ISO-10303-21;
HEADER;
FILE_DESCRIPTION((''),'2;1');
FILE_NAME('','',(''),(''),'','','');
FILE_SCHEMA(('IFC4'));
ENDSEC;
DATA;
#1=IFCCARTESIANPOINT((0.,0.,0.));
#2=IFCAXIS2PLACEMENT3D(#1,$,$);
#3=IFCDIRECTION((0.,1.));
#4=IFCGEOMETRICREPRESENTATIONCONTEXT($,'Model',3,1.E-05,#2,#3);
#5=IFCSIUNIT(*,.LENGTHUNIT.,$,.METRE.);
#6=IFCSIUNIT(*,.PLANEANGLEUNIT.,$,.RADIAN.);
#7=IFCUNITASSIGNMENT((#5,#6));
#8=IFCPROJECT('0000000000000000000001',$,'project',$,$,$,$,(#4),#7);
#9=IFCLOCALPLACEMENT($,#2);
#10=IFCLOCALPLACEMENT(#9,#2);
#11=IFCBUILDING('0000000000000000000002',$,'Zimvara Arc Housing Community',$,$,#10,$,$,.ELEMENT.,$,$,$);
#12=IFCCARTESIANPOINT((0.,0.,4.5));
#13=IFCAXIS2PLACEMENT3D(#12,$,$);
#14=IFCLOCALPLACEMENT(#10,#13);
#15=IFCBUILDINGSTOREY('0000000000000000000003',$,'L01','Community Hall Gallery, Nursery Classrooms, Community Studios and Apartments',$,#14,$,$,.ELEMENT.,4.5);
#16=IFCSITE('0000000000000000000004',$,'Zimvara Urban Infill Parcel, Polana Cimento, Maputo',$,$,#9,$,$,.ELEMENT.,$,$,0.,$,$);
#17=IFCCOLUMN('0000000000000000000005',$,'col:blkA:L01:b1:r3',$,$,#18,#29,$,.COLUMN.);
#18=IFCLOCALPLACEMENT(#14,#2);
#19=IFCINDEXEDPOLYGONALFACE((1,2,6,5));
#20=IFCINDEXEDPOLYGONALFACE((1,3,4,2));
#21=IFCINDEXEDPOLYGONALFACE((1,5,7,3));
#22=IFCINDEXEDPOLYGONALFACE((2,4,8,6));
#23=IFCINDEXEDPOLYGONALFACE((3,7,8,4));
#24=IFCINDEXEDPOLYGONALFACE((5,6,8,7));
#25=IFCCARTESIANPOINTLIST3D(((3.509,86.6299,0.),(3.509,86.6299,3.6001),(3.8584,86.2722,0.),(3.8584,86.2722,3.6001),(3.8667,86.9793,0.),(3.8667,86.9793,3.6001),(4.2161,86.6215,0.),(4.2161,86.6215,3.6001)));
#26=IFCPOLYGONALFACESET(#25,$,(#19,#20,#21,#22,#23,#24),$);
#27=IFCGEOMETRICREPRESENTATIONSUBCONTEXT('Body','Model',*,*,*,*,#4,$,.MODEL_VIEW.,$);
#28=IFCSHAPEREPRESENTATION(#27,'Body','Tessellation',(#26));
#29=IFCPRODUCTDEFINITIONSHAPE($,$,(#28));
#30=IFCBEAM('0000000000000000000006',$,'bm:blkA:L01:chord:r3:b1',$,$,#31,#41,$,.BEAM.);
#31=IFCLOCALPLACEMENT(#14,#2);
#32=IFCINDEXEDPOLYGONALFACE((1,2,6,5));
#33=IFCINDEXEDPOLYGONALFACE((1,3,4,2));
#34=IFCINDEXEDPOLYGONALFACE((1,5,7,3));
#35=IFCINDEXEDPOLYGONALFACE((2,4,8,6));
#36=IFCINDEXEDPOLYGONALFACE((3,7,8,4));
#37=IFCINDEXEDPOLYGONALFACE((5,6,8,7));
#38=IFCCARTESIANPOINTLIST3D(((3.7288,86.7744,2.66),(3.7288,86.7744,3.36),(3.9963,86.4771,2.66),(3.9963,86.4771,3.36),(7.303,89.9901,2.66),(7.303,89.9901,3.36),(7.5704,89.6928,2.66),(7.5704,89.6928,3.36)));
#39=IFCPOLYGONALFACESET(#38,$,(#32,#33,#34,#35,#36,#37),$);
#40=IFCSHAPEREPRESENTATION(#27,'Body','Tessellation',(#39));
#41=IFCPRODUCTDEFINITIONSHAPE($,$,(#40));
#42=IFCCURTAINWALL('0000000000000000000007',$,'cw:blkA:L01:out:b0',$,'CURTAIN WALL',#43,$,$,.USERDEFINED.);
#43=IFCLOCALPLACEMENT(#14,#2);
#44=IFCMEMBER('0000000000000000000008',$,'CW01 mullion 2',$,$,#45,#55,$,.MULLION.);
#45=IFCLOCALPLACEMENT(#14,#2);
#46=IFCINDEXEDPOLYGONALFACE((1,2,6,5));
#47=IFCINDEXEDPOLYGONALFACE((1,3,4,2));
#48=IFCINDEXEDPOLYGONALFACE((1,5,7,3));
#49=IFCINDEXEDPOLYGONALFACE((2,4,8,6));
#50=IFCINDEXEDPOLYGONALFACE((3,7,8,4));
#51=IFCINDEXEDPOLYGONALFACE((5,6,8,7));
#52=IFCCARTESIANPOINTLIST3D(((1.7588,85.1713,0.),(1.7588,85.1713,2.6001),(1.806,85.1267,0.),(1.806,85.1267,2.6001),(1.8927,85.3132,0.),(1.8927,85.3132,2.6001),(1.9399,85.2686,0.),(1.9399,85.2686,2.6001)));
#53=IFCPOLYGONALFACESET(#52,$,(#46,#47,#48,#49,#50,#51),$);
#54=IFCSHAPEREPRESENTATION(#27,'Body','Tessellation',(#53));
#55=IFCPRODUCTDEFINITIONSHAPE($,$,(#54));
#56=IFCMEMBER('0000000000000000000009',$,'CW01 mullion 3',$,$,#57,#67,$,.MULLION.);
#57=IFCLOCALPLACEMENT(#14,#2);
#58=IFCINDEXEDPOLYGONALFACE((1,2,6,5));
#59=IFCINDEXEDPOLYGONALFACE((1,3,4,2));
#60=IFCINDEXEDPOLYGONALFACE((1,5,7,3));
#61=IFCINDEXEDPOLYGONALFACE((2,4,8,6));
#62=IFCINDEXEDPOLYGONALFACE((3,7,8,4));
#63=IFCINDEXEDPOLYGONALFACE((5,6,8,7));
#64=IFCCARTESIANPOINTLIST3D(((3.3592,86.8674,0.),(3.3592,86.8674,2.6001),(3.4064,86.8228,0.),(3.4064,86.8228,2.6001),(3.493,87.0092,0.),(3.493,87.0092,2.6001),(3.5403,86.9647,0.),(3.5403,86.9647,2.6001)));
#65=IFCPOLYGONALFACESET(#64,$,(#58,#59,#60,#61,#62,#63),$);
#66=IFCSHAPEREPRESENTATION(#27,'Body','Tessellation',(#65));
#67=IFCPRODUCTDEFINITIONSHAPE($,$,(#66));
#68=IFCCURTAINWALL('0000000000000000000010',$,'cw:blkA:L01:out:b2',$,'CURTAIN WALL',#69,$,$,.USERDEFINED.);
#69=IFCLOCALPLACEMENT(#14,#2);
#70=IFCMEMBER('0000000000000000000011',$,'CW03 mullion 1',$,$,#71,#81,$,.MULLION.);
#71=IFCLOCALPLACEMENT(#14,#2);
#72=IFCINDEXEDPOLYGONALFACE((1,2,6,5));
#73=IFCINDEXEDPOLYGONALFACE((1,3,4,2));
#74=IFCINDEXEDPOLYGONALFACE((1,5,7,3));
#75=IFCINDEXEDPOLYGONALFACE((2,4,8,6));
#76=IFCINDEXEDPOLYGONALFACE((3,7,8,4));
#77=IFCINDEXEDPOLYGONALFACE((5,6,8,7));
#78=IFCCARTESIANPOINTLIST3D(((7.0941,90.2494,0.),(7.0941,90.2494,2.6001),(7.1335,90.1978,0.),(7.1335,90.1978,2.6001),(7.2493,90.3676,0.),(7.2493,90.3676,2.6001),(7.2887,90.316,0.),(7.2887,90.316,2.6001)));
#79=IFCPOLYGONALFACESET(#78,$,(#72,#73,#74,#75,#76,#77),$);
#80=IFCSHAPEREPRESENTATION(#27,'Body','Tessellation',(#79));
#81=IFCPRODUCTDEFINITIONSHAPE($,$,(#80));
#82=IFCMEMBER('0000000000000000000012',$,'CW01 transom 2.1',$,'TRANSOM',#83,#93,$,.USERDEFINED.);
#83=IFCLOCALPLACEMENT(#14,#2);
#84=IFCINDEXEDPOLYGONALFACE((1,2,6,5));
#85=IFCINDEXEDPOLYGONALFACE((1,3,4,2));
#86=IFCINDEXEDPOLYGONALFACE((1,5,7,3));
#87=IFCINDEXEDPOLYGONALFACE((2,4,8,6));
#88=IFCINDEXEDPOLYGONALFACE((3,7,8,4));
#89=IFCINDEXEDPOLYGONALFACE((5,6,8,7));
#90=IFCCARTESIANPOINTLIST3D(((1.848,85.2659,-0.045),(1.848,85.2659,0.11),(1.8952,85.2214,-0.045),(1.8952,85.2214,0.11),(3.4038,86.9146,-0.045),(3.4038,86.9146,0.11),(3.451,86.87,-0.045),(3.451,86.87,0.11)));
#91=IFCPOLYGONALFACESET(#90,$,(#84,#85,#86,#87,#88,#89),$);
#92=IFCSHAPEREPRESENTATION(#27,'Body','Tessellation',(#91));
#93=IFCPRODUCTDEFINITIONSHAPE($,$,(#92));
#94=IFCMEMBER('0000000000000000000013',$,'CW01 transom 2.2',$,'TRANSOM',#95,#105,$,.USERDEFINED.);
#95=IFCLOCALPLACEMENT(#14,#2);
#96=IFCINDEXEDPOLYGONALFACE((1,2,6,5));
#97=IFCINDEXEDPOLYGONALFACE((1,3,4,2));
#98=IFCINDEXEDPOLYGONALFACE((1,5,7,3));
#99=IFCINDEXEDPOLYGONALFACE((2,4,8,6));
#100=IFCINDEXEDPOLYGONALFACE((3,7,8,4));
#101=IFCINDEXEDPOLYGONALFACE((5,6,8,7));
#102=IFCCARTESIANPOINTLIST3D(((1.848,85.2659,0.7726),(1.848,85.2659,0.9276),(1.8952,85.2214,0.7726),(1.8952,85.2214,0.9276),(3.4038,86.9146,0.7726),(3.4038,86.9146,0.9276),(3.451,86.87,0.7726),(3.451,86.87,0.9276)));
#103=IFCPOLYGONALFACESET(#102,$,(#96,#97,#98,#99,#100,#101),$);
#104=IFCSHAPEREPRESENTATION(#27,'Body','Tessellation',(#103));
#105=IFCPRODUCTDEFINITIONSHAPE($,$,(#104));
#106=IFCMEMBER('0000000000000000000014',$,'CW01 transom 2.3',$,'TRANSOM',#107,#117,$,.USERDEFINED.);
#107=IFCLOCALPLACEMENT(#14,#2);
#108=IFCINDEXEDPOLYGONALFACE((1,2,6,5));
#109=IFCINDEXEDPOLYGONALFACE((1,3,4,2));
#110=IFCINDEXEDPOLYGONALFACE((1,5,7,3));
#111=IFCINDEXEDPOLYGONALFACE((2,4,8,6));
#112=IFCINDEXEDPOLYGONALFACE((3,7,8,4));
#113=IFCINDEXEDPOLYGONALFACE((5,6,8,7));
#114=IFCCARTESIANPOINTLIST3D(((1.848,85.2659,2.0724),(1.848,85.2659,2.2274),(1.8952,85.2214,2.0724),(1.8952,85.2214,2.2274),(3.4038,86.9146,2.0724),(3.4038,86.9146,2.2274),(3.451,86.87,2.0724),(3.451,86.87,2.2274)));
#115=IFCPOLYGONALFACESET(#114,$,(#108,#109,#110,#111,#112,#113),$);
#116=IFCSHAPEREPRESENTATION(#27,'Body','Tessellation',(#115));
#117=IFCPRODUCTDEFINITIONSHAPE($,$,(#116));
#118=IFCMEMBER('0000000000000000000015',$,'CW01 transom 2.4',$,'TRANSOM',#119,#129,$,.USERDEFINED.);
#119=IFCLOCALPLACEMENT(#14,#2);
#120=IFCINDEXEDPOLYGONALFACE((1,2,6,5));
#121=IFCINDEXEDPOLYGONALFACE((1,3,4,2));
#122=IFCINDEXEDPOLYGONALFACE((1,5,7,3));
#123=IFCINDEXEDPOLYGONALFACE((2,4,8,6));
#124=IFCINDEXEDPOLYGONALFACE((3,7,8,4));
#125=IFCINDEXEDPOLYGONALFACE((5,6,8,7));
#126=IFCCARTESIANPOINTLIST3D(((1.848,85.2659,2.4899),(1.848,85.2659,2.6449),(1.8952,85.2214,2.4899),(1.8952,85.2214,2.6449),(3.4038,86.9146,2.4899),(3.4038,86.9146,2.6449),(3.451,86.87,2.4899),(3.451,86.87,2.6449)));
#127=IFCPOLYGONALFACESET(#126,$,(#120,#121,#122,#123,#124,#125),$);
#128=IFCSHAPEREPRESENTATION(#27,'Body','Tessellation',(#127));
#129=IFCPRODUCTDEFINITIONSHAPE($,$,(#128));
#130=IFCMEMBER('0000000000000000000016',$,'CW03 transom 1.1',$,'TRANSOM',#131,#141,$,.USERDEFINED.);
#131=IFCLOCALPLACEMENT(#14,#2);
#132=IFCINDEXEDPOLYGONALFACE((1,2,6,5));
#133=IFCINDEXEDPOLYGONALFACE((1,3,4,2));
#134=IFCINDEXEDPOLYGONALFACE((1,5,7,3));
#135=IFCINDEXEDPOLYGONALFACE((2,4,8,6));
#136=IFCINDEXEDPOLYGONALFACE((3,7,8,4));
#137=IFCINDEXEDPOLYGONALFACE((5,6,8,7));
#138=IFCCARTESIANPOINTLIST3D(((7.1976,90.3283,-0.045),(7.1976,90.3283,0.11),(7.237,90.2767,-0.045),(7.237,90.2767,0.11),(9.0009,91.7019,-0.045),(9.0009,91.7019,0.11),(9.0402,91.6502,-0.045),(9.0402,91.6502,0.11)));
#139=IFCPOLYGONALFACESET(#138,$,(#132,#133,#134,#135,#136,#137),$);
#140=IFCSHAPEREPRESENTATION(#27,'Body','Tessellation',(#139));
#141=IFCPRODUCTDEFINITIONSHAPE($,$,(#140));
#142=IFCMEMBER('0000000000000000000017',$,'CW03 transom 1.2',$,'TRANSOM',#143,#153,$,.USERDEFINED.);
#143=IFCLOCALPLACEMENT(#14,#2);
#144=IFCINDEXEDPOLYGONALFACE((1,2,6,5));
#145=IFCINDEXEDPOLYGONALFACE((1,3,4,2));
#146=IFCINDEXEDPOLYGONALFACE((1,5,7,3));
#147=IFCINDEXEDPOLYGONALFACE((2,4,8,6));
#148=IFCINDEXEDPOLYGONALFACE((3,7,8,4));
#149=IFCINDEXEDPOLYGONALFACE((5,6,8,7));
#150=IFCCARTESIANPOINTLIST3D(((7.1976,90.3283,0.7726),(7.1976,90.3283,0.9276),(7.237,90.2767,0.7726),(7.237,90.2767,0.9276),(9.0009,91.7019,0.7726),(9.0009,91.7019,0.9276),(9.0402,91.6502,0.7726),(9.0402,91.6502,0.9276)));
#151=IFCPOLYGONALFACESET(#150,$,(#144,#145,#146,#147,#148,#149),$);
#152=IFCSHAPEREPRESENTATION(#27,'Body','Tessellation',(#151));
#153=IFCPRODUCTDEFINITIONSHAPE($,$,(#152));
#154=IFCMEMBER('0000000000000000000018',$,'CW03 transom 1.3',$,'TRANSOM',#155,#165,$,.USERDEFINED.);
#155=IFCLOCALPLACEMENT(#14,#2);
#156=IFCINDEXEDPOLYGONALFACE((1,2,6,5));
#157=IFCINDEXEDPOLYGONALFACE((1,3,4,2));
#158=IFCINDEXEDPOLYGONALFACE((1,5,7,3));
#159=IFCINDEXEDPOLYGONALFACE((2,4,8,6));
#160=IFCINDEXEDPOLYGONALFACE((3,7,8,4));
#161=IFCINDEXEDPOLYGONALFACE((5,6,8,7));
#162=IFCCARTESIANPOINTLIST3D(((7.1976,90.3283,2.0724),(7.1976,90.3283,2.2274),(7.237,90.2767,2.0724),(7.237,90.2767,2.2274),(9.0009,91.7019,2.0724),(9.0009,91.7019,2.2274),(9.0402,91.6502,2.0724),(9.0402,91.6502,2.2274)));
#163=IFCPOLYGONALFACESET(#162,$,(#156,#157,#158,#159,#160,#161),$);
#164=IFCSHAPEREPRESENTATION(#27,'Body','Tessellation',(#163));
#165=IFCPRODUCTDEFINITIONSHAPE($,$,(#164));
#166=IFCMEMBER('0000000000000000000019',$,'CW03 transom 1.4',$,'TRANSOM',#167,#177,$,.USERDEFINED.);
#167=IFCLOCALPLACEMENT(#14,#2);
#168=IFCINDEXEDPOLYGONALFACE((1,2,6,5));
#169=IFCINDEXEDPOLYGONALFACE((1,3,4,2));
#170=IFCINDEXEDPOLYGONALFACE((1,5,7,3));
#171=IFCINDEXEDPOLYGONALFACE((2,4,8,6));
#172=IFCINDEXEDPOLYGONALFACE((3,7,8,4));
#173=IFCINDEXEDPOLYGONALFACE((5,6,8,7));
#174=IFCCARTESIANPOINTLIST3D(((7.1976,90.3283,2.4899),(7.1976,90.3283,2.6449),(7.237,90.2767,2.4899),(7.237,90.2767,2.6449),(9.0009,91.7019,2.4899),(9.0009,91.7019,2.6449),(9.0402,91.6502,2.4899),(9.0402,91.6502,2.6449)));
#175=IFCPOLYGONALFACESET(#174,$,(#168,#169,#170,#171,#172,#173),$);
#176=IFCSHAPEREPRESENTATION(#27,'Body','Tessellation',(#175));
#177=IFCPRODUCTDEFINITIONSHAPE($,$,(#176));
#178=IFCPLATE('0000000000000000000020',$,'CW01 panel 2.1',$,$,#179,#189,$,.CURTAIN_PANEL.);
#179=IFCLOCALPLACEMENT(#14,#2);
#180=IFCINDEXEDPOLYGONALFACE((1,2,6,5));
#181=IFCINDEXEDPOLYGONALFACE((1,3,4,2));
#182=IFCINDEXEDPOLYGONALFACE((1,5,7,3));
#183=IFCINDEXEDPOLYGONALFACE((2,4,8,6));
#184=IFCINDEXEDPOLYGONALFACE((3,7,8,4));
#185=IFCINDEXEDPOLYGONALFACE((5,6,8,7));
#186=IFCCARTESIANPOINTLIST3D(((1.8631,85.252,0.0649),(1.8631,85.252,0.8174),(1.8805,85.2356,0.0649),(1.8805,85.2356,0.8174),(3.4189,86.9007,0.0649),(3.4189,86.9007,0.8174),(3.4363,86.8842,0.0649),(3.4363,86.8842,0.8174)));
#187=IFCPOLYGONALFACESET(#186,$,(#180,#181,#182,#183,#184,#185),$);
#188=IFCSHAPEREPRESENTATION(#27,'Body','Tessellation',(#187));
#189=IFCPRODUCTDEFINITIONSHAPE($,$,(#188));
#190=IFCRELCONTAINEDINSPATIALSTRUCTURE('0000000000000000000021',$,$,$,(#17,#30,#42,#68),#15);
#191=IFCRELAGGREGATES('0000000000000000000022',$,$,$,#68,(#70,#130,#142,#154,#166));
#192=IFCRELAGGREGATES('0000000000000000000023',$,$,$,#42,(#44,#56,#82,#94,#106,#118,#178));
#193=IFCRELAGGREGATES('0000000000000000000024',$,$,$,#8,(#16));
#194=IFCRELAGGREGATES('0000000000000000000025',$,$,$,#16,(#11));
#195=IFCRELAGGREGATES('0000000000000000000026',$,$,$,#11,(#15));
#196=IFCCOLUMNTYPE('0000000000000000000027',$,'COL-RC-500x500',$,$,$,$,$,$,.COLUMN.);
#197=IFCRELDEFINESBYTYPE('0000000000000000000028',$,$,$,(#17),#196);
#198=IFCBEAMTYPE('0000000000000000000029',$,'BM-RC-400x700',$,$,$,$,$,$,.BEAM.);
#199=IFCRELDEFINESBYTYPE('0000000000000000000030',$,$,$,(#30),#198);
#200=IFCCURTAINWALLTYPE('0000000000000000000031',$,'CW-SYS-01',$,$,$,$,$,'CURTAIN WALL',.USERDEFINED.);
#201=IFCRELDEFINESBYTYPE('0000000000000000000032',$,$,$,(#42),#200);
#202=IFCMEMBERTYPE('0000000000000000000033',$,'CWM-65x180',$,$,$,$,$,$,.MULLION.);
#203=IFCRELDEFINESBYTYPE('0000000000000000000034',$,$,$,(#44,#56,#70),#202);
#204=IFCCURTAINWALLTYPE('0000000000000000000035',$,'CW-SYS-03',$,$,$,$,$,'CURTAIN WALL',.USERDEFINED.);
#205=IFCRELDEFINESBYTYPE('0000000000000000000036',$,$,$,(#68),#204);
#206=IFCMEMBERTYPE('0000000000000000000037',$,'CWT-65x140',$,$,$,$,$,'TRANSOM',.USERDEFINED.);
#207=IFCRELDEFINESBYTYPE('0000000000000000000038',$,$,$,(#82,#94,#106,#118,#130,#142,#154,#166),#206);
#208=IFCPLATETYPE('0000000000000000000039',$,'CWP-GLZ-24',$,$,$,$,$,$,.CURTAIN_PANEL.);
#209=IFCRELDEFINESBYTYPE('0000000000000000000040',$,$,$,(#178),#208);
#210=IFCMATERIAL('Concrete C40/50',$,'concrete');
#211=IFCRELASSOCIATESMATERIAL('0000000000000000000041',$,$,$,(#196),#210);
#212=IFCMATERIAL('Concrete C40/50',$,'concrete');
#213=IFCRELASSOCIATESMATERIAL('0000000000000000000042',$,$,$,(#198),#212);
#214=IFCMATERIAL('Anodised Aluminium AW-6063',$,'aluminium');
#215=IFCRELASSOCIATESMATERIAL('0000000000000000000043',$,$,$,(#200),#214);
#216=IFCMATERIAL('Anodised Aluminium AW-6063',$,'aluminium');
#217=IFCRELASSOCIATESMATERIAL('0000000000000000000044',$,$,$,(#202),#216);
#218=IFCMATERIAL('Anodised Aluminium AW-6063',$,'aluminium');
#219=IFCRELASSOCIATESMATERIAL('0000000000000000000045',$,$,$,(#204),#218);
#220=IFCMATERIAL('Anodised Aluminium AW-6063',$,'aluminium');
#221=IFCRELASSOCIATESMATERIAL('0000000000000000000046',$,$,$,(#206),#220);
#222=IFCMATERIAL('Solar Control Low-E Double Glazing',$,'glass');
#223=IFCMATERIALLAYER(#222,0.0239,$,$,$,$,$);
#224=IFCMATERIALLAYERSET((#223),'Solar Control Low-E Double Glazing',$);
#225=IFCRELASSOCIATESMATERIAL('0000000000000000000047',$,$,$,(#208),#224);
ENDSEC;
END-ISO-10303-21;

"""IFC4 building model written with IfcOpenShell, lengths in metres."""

from ifc_helpers import new_model, si_unit, direction, frame, origin, origin_2d, place, context, subcontext, project, spatial, rectangle, extrude, material, layer, layer_set, material_profile, profile_set, type_object, element, aggregate, save


model = new_model("IFC4")

# Units and contexts
model_context = context("Model", 3, precision=1e-05, world=origin(), true_north=direction((0.0, 1.0)))
body_context = subcontext(model_context, "Body", "Model", "MODEL_VIEW")
ifc_project = project(units=[si_unit("LENGTHUNIT", "METRE"), si_unit("PLANEANGLEUNIT", "RADIAN")], contexts=[model_context])

# Site, building, storey
site_placement = place(None, origin())
site = spatial("IfcSite", under=ifc_project, at=site_placement, Name="Zimvara Urban Infill Parcel, Polana Cimento, Maputo", CompositionType="ELEMENT", RefElevation=0.0)
building_placement = place(site_placement, origin())
building = spatial("IfcBuilding", under=site, at=building_placement, Name="Zimvara Arc Housing Community", CompositionType="ELEMENT")
storey_placement = place(building_placement, frame((0.0, 0.0, 4.5)))
storey = spatial("IfcBuildingStorey", under=building, at=storey_placement, Name="L01", Description="Community Hall Gallery, Nursery Classrooms, Community Studios and Apartments", CompositionType="ELEMENT", Elevation=4.5)

# Column
ifc_material_1 = material(Name="Concrete C40/50", Category="concrete")
ifc_material_profile_1 = material_profile(ifc_material_1, rectangle(XDim=0.5, YDim=0.5, at=origin_2d()), Name="RC 500x500")
ifc_profile_set_1 = profile_set([ifc_material_profile_1], Name="Concrete C40/50")
column_type = type_object("IfcColumnType", Name="COL-RC-500x500", PredefinedType="COLUMN", material=ifc_profile_set_1)
column_placement = place(storey_placement, frame((3.8625, 86.6257, 0.0), z_axis=(0.0, 0.0, 1.0), x_axis=(-0.698665, 0.715449, 0.0)))
element("IfcColumn", 1, at=column_placement, inside=storey, type_object=column_type, Name="col:blkA:L01:b1:r3", PredefinedType="COLUMN", context=body_context, shape_type="SweptSolid", body=[
    extrude(rectangle(XDim=0.5, YDim=0.5, at=origin_2d()), origin(), (0.0, 0.0, 1.0), 3.6001),
])

# Beam
ifc_material_2 = material(Name="Concrete C40/50", Category="concrete")
ifc_material_profile_2 = material_profile(ifc_material_2, rectangle(XDim=0.3999, YDim=0.7, at=origin_2d()), Name="RC 400x700")
ifc_profile_set_2 = profile_set([ifc_material_profile_2], Name="Concrete C40/50")
beam_type = type_object("IfcBeamType", Name="BM-RC-400x700", PredefinedType="BEAM", material=ifc_profile_set_2)
beam_placement = place(storey_placement, frame((3.8625, 86.6257, 3.01), z_axis=(0.743395, 0.668853, 0.0), x_axis=(-0.668853, 0.743395, 0.0)))
element("IfcBeam", 2, at=beam_placement, inside=storey, type_object=beam_type, Name="bm:blkA:L01:chord:r3:b1", PredefinedType="BEAM", context=body_context, shape_type="SweptSolid", body=[
    extrude(rectangle(XDim=0.3999, YDim=0.7, at=origin_2d()), origin(), (0.0, 0.0, 1.0), 4.8079),
])

# Curtain wall, members
ifc_material_3 = material(Name="Anodised Aluminium AW-6063", Category="aluminium")
curtain_wall_type_1 = type_object("IfcCurtainWallType", Name="CW-SYS-01", ElementType="CURTAIN WALL", PredefinedType="USERDEFINED", material=ifc_material_3)
curtain_wall_1_placement = place(storey_placement, origin())
curtain_wall_1 = element("IfcCurtainWall", 3, at=curtain_wall_1_placement, inside=storey, type_object=curtain_wall_type_1, Name="cw:blkA:L01:out:b0", ObjectType="CURTAIN WALL", PredefinedType="USERDEFINED")
ifc_material_4 = material(Name="Anodised Aluminium AW-6063", Category="aluminium")
ifc_material_profile_3 = material_profile(ifc_material_4, rectangle(XDim=0.0649, YDim=0.1951, at=origin_2d()), Name="ALU 65x195")
ifc_profile_set_3 = profile_set([ifc_material_profile_3], Name="Anodised Aluminium AW-6063")
member_type_1 = type_object("IfcMemberType", Name="CWM-65x180", PredefinedType="MULLION", material=ifc_profile_set_3)
member_1_placement = place(storey_placement, frame((1.8494, 85.22, 0.0), z_axis=(0.0, 0.0, 1.0), x_axis=(-0.727294, 0.686326, 0.0)))
member_1 = element("IfcMember", 4, at=member_1_placement, type_object=member_type_1, Name="CW01 mullion 2", PredefinedType="MULLION", context=body_context, shape_type="SweptSolid", body=[
    extrude(rectangle(XDim=0.0649, YDim=0.1951, at=origin_2d()), origin(), (0.0, 0.0, 1.0), 2.6001),
])
member_2_placement = place(storey_placement, frame((3.4497, 86.916, 0.0), z_axis=(0.0, 0.0, 1.0), x_axis=(-0.727294, 0.686326, 0.0)))
member_2 = element("IfcMember", 5, at=member_2_placement, type_object=member_type_1, Name="CW01 mullion 3", PredefinedType="MULLION", context=body_context, shape_type="SweptSolid", body=[
    extrude(rectangle(XDim=0.0649, YDim=0.1951, at=origin_2d()), origin(), (0.0, 0.0, 1.0), 2.6001),
])

# Curtain wall, member
ifc_material_5 = material(Name="Anodised Aluminium AW-6063", Category="aluminium")
curtain_wall_type_2 = type_object("IfcCurtainWallType", Name="CW-SYS-03", ElementType="CURTAIN WALL", PredefinedType="USERDEFINED", material=ifc_material_5)
curtain_wall_2_placement = place(storey_placement, origin())
curtain_wall_2 = element("IfcCurtainWall", 6, at=curtain_wall_2_placement, inside=storey, type_object=curtain_wall_type_2, Name="cw:blkA:L01:out:b2", ObjectType="CURTAIN WALL", PredefinedType="USERDEFINED")
member_3_placement = place(storey_placement, frame((7.1914, 90.2827, 0.0), z_axis=(0.0, 0.0, 1.0), x_axis=(-0.605988, 0.795474, 0.0)))
member_3 = element("IfcMember", 7, at=member_3_placement, type_object=member_type_1, Name="CW03 mullion 1", PredefinedType="MULLION", context=body_context, shape_type="SweptSolid", body=[
    extrude(rectangle(XDim=0.0649, YDim=0.1951, at=origin_2d()), origin(), (0.0, 0.0, 1.0), 2.6001),
])

# Members
ifc_material_6 = material(Name="Anodised Aluminium AW-6063", Category="aluminium")
ifc_material_profile_4 = material_profile(ifc_material_6, rectangle(XDim=0.0649, YDim=0.155, at=origin_2d()), Name="ALU 65x155")
ifc_profile_set_4 = profile_set([ifc_material_profile_4], Name="Anodised Aluminium AW-6063")
member_type_2 = type_object("IfcMemberType", Name="CWT-65x140", ElementType="TRANSOM", PredefinedType="USERDEFINED", material=ifc_profile_set_4)
member_4_placement = place(storey_placement, frame((1.8716, 85.2437, 0.0325), z_axis=(0.686348, 0.727273, 0.0), x_axis=(-0.727273, 0.686348, 0.0)))
member_4 = element("IfcMember", 8, at=member_4_placement, type_object=member_type_2, Name="CW01 transom 2.1", ObjectType="TRANSOM", PredefinedType="USERDEFINED", context=body_context, shape_type="SweptSolid", body=[
    extrude(rectangle(XDim=0.0649, YDim=0.155, at=origin_2d()), origin(), (0.0, 0.0, 1.0), 2.2668),
])
member_5_placement = place(storey_placement, frame((1.8716, 85.2437, 0.8501), z_axis=(0.686348, 0.727273, 0.0), x_axis=(-0.727273, 0.686348, 0.0)))
member_5 = element("IfcMember", 9, at=member_5_placement, type_object=member_type_2, Name="CW01 transom 2.2", ObjectType="TRANSOM", PredefinedType="USERDEFINED", context=body_context, shape_type="SweptSolid", body=[
    extrude(rectangle(XDim=0.0649, YDim=0.155, at=origin_2d()), origin(), (0.0, 0.0, 1.0), 2.2668),
])
member_6_placement = place(storey_placement, frame((1.8716, 85.2437, 2.1499), z_axis=(0.686348, 0.727273, 0.0), x_axis=(-0.727273, 0.686348, 0.0)))
member_6 = element("IfcMember", 10, at=member_6_placement, type_object=member_type_2, Name="CW01 transom 2.3", ObjectType="TRANSOM", PredefinedType="USERDEFINED", context=body_context, shape_type="SweptSolid", body=[
    extrude(rectangle(XDim=0.0649, YDim=0.155, at=origin_2d()), origin(), (0.0, 0.0, 1.0), 2.2668),
])
member_7_placement = place(storey_placement, frame((1.8716, 85.2437, 2.5674), z_axis=(0.686348, 0.727273, 0.0), x_axis=(-0.727273, 0.686348, 0.0)))
member_7 = element("IfcMember", 11, at=member_7_placement, type_object=member_type_2, Name="CW01 transom 2.4", ObjectType="TRANSOM", PredefinedType="USERDEFINED", context=body_context, shape_type="SweptSolid", body=[
    extrude(rectangle(XDim=0.0649, YDim=0.155, at=origin_2d()), origin(), (0.0, 0.0, 1.0), 2.2668),
])
member_8_placement = place(storey_placement, frame((7.2173, 90.3025, 0.0325), z_axis=(0.795506, 0.605946, 0.0), x_axis=(-0.605946, 0.795506, 0.0)))
member_8 = element("IfcMember", 12, at=member_8_placement, type_object=member_type_2, Name="CW03 transom 1.1", ObjectType="TRANSOM", PredefinedType="USERDEFINED", context=body_context, shape_type="SweptSolid", body=[
    extrude(rectangle(XDim=0.0649, YDim=0.155, at=origin_2d()), origin(), (0.0, 0.0, 1.0), 2.2668),
])
member_9_placement = place(storey_placement, frame((7.2173, 90.3025, 0.8501), z_axis=(0.795506, 0.605946, 0.0), x_axis=(-0.605946, 0.795506, 0.0)))
member_9 = element("IfcMember", 13, at=member_9_placement, type_object=member_type_2, Name="CW03 transom 1.2", ObjectType="TRANSOM", PredefinedType="USERDEFINED", context=body_context, shape_type="SweptSolid", body=[
    extrude(rectangle(XDim=0.0649, YDim=0.155, at=origin_2d()), origin(), (0.0, 0.0, 1.0), 2.2668),
])
member_10_placement = place(storey_placement, frame((7.2173, 90.3025, 2.1499), z_axis=(0.795506, 0.605946, 0.0), x_axis=(-0.605946, 0.795506, 0.0)))
member_10 = element("IfcMember", 14, at=member_10_placement, type_object=member_type_2, Name="CW03 transom 1.3", ObjectType="TRANSOM", PredefinedType="USERDEFINED", context=body_context, shape_type="SweptSolid", body=[
    extrude(rectangle(XDim=0.0649, YDim=0.155, at=origin_2d()), origin(), (0.0, 0.0, 1.0), 2.2668),
])
member_11_placement = place(storey_placement, frame((7.2173, 90.3025, 2.5674), z_axis=(0.795506, 0.605946, 0.0), x_axis=(-0.605946, 0.795506, 0.0)))
member_11 = element("IfcMember", 15, at=member_11_placement, type_object=member_type_2, Name="CW03 transom 1.4", ObjectType="TRANSOM", PredefinedType="USERDEFINED", context=body_context, shape_type="SweptSolid", body=[
    extrude(rectangle(XDim=0.0649, YDim=0.155, at=origin_2d()), origin(), (0.0, 0.0, 1.0), 2.2668),
])
aggregate(curtain_wall_2, [member_3, member_8, member_9, member_10, member_11])

# Plate
ifc_material_7 = material(Name="Solar Control Low-E Double Glazing", Category="glass")
ifc_layer_1 = layer(ifc_material_7, 0.0239)
ifc_layer_set_1 = layer_set([ifc_layer_1], Name="Solar Control Low-E Double Glazing")
plate_type = type_object("IfcPlateType", Name="CWP-GLZ-24", PredefinedType="CURTAIN_PANEL", material=ifc_layer_set_1)
plate_1_placement = place(storey_placement, frame((2.6497, 86.0681, 0.0649), z_axis=(0.0, 0.0, 1.0), x_axis=(0.686326, 0.727294, 0.0)))
plate_1 = element("IfcPlate", 16, at=plate_1_placement, type_object=plate_type, Name="CW01 panel 2.1", PredefinedType="CURTAIN_PANEL", context=body_context, shape_type="SweptSolid", body=[
    extrude(rectangle(XDim=2.2668, YDim=0.0239, at=origin_2d()), origin(), (0.0, 0.0, 1.0), 0.7524),
])
aggregate(curtain_wall_1, [member_1, member_2, member_4, member_5, member_6, member_7, plate_1])

save(model, "model.ifc")
